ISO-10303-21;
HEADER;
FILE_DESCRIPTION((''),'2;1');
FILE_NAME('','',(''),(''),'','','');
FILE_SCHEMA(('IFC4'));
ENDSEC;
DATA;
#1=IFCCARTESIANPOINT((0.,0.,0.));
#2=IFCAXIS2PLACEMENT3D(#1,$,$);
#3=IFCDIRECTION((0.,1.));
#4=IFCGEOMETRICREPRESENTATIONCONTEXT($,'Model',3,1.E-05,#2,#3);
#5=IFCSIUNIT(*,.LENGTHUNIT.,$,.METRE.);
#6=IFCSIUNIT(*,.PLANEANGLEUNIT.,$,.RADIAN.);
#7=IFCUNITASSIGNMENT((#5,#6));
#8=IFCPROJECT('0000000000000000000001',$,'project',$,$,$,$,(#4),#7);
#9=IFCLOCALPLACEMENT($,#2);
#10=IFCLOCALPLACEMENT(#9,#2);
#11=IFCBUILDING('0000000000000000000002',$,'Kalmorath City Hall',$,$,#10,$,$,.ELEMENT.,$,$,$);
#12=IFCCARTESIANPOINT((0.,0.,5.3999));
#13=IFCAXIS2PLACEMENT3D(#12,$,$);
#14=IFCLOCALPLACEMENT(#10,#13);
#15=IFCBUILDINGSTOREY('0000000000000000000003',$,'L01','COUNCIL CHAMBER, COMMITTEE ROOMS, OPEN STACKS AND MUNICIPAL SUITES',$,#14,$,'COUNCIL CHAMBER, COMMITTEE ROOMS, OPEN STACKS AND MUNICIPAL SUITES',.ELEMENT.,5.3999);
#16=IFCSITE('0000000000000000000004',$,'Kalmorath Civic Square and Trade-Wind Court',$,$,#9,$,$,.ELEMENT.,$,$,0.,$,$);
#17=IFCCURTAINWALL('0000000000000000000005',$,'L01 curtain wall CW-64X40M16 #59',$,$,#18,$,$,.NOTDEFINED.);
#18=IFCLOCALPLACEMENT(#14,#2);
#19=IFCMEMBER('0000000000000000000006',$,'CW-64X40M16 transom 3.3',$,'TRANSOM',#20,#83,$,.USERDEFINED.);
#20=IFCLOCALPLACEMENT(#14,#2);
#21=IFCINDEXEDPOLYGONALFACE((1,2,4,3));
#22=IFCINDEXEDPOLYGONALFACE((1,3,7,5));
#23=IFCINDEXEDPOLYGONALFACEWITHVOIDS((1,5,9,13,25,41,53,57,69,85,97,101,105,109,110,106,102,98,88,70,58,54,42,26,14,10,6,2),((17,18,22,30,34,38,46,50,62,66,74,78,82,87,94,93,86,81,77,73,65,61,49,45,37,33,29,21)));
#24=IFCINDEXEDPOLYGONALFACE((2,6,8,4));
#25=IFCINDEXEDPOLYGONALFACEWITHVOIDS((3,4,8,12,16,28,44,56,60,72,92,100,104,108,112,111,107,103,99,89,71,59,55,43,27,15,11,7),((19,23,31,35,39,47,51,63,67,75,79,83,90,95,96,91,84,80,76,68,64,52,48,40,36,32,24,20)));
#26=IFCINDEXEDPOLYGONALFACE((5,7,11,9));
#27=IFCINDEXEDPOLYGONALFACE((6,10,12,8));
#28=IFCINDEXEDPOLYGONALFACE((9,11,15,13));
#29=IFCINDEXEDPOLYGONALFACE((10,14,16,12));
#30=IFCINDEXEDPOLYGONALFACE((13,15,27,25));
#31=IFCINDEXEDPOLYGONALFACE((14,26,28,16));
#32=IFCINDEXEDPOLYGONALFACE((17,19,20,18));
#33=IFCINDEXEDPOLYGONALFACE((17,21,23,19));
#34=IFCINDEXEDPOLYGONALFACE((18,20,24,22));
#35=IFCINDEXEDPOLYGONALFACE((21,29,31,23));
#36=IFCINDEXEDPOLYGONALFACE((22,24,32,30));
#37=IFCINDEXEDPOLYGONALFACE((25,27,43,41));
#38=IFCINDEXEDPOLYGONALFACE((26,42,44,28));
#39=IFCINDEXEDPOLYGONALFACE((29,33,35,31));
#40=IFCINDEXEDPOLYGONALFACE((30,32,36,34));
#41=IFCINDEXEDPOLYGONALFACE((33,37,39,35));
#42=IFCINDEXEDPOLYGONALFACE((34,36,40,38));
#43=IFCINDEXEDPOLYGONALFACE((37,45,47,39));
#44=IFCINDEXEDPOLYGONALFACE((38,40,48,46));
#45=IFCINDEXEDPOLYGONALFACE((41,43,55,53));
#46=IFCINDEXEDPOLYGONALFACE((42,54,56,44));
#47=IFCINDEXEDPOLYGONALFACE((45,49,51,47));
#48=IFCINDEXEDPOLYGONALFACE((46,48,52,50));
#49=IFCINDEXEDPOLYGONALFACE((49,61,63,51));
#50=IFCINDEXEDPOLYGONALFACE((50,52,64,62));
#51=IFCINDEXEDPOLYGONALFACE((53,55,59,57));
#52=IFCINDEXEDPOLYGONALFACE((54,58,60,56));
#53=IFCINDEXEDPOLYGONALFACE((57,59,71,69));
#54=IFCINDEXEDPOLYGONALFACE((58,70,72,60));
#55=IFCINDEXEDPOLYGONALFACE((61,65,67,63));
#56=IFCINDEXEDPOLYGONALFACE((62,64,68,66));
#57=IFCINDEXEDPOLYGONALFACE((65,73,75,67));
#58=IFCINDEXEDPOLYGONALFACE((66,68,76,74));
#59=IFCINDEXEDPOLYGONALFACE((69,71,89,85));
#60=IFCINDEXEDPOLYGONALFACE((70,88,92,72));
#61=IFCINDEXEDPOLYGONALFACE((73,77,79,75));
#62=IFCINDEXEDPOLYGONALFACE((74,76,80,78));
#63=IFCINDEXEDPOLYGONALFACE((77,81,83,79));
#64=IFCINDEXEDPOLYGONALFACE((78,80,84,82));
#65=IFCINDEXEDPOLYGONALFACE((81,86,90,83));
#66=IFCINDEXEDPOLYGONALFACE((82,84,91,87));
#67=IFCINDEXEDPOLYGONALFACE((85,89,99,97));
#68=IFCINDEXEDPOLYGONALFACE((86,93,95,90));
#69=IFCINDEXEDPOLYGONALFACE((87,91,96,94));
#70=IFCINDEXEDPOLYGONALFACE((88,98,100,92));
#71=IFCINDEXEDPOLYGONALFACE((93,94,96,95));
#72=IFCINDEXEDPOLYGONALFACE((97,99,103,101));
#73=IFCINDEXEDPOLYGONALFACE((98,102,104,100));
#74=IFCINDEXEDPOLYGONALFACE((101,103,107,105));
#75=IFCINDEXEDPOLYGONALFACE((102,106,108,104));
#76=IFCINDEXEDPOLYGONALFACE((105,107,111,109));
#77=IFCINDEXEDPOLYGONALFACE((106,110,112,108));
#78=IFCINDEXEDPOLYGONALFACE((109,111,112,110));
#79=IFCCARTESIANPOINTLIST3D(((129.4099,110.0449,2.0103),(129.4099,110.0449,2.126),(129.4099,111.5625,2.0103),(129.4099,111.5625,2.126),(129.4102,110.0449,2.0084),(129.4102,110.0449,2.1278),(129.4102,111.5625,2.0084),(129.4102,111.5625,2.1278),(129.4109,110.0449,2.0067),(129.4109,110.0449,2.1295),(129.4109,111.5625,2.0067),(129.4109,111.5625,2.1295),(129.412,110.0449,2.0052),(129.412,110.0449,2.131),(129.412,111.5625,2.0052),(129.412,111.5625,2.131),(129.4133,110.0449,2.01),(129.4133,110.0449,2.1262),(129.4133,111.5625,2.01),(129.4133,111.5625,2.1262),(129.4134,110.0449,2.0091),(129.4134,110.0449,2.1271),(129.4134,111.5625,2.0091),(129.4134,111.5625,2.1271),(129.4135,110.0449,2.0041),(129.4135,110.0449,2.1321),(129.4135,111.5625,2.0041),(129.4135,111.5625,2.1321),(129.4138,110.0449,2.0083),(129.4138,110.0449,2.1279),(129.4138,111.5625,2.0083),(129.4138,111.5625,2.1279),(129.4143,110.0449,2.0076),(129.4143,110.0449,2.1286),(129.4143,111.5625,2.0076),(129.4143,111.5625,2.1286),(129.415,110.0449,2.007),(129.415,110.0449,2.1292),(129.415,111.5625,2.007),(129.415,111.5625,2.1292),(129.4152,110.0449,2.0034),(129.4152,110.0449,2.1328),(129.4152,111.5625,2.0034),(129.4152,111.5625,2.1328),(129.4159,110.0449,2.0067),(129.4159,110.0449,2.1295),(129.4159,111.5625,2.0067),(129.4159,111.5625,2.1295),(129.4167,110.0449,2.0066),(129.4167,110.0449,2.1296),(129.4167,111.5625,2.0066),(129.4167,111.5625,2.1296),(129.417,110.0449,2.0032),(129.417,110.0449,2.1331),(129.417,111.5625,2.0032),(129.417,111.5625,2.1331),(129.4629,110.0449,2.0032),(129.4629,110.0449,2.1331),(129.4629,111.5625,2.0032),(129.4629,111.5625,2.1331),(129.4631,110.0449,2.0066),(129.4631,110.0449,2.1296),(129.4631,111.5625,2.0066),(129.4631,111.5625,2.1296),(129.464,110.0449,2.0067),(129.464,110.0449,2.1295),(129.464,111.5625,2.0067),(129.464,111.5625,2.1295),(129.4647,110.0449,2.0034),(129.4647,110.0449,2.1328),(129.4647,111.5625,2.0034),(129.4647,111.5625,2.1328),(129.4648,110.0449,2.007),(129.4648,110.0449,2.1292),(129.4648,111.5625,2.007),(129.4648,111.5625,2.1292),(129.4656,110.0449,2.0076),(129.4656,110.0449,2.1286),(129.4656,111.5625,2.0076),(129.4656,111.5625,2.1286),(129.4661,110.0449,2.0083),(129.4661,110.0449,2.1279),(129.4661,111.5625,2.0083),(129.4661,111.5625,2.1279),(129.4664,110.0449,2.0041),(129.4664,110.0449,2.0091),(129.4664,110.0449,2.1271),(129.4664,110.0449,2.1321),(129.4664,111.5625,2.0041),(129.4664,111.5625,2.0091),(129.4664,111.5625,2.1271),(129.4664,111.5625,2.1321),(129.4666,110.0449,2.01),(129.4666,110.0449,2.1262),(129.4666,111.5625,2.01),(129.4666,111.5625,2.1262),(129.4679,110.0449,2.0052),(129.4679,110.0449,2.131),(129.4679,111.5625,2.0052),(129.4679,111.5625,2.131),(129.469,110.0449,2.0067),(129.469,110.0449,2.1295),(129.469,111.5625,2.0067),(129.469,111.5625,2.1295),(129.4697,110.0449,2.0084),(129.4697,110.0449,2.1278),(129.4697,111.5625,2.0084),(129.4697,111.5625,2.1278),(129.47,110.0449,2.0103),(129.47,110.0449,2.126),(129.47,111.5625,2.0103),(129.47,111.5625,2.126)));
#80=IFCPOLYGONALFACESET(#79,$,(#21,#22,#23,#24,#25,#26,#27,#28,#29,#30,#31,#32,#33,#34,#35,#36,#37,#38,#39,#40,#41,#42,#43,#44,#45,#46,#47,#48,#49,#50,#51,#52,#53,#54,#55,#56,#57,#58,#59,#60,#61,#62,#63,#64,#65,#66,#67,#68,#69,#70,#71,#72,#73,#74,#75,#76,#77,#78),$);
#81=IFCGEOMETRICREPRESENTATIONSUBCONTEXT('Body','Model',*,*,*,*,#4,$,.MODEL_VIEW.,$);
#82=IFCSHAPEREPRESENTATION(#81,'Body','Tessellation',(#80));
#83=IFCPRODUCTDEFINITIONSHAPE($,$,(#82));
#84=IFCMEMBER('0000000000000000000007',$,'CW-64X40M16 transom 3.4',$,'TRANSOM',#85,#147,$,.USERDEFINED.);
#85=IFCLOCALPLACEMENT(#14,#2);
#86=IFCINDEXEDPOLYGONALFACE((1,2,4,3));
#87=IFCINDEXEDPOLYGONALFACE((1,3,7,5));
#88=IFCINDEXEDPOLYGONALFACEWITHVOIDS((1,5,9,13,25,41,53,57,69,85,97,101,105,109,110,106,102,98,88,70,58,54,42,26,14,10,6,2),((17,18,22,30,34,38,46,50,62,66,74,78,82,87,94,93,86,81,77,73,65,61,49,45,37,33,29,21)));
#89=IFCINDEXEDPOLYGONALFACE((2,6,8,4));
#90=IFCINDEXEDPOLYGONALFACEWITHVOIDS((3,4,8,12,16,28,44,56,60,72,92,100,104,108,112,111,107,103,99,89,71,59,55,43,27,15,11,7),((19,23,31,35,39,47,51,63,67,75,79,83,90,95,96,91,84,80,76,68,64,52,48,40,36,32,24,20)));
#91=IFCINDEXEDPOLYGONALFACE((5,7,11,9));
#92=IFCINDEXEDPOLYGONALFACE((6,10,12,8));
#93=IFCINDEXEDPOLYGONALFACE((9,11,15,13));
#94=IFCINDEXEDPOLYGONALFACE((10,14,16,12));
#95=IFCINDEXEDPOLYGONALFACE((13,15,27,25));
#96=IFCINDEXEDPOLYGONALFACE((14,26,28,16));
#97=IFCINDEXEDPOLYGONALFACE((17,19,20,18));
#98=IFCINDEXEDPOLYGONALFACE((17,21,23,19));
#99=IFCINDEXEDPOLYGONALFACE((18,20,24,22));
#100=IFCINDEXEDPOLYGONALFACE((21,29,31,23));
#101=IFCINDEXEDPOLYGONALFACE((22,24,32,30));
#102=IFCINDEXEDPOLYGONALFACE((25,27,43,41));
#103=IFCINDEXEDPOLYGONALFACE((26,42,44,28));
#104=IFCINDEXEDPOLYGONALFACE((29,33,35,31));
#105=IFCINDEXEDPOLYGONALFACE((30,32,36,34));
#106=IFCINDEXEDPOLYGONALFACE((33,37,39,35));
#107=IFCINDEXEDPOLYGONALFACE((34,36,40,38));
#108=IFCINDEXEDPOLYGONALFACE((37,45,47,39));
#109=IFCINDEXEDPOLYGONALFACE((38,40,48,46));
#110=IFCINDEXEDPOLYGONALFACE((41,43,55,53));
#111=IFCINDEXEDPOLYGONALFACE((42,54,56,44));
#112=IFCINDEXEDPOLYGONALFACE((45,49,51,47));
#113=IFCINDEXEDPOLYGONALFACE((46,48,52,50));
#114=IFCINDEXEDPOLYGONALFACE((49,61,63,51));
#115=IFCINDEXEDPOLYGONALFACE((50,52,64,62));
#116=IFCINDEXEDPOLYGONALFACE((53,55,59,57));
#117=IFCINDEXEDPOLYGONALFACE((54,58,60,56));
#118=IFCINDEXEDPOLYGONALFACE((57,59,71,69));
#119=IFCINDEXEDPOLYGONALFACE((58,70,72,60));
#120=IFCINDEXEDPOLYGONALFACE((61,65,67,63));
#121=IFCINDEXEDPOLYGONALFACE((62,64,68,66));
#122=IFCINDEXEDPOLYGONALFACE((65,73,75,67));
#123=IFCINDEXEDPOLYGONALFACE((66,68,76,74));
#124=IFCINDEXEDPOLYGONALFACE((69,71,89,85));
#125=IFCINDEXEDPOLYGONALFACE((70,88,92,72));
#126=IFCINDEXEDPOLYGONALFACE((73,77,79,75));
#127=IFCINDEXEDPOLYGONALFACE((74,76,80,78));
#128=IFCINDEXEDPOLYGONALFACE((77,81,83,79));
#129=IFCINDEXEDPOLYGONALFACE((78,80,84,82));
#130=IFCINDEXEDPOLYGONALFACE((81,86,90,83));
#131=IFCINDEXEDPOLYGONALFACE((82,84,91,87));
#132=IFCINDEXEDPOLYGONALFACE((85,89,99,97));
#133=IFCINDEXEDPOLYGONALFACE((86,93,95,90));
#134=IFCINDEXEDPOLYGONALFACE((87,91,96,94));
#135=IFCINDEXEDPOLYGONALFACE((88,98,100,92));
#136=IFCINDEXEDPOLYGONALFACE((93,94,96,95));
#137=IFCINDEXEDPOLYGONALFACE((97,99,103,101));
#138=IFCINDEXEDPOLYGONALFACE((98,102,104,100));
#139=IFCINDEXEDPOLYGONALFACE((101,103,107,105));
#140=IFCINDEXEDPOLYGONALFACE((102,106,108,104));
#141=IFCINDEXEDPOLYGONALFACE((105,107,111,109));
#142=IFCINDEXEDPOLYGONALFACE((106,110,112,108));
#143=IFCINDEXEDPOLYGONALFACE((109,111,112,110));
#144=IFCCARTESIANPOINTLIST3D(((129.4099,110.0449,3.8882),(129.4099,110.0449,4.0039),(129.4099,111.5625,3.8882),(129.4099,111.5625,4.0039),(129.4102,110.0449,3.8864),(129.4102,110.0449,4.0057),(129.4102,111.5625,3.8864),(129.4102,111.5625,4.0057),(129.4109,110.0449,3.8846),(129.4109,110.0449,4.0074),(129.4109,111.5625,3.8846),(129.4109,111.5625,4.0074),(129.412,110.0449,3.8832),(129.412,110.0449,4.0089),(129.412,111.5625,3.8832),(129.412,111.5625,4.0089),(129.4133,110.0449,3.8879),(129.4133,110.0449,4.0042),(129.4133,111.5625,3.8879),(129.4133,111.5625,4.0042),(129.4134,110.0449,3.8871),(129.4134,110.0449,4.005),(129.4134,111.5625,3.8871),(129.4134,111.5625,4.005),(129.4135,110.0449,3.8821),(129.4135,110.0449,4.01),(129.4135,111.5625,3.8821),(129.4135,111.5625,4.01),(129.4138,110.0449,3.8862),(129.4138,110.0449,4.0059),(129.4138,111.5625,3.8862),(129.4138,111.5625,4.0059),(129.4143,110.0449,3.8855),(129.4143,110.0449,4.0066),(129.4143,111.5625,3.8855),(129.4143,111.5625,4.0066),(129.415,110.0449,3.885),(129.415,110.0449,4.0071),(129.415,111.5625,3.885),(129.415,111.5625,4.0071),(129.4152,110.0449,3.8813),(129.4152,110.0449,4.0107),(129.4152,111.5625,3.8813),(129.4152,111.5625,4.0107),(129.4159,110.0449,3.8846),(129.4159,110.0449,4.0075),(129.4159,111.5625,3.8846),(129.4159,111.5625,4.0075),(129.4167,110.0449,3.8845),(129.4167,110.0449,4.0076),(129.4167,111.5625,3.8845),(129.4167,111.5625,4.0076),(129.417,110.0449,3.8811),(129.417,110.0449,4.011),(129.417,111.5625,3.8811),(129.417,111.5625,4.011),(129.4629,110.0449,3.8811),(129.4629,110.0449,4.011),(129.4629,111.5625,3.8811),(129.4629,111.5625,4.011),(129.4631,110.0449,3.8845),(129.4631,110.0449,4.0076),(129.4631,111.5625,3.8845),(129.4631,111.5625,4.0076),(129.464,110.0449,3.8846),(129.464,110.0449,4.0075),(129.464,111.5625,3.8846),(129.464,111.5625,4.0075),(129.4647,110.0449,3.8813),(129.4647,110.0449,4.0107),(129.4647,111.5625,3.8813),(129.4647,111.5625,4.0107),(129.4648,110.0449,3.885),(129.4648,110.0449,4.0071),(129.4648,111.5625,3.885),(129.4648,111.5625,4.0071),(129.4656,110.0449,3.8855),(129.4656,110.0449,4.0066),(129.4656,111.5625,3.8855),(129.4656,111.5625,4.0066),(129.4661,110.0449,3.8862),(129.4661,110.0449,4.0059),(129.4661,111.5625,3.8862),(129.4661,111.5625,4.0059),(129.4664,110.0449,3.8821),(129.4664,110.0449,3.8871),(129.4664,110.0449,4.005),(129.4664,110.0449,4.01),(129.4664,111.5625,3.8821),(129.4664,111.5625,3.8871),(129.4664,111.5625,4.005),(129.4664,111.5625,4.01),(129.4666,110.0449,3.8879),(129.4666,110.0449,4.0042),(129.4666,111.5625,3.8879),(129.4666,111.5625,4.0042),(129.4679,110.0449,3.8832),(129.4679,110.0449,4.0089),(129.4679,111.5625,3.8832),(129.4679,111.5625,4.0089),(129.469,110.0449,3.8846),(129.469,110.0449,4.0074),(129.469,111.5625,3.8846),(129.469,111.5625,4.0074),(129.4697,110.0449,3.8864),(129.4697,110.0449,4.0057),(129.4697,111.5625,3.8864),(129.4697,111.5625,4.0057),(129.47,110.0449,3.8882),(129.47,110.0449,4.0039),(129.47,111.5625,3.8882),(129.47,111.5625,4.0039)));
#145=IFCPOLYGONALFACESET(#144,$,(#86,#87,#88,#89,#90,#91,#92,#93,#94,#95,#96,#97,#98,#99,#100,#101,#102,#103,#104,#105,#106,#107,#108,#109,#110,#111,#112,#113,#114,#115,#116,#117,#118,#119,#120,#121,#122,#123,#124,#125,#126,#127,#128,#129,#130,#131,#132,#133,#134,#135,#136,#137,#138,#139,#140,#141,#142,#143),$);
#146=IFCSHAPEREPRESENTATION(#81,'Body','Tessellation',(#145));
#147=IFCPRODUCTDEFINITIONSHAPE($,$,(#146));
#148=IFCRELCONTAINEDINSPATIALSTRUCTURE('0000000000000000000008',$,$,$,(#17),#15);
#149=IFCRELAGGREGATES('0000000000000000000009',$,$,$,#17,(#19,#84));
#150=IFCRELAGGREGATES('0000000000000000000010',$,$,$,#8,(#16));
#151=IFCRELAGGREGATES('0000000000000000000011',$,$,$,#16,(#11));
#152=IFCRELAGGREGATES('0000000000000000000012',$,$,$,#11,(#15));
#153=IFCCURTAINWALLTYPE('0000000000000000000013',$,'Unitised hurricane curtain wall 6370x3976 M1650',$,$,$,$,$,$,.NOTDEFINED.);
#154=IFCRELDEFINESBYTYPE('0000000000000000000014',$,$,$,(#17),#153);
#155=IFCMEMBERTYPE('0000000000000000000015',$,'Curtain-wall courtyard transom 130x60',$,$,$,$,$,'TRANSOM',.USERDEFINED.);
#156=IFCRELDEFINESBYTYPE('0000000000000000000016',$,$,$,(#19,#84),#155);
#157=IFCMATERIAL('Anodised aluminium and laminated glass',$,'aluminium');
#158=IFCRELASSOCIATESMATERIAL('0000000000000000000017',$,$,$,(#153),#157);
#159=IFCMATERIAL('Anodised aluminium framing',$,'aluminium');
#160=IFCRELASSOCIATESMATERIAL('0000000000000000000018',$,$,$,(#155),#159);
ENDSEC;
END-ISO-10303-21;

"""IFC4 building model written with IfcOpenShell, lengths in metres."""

from ifc_helpers import new_model, si_unit, direction, frame, origin, origin_2d, place, context, subcontext, project, spatial, hollow_rectangle, extrude, material, material_profile, profile_set, type_object, element, aggregate, save


model = new_model("IFC4")

# Units and contexts
model_context = context("Model", 3, precision=1e-05, world=origin(), true_north=direction((0.0, 1.0)))
body_context = subcontext(model_context, "Body", "Model", "MODEL_VIEW")
ifc_project = project(units=[si_unit("LENGTHUNIT", "METRE"), si_unit("PLANEANGLEUNIT", "RADIAN")], contexts=[model_context])

# Site, building, storey
site_placement = place(None, origin())
site = spatial("IfcSite", under=ifc_project, at=site_placement, Name="Kalmorath Civic Square and Trade-Wind Court", CompositionType="ELEMENT", RefElevation=0.0)
building_placement = place(site_placement, origin())
building = spatial("IfcBuilding", under=site, at=building_placement, Name="Kalmorath City Hall", CompositionType="ELEMENT")
storey_placement = place(building_placement, frame((0.0, 0.0, 5.3999)))
storey = spatial("IfcBuildingStorey", under=building, at=storey_placement, Name="L01", Description="COUNCIL CHAMBER, COMMITTEE ROOMS, OPEN STACKS AND MUNICIPAL SUITES", LongName="COUNCIL CHAMBER, COMMITTEE ROOMS, OPEN STACKS AND MUNICIPAL SUITES", CompositionType="ELEMENT", Elevation=5.3999)

# Curtain wall, members
ifc_material_1 = material(Name="Anodised aluminium and laminated glass", Category="aluminium")
curtain_wall_type = type_object("IfcCurtainWallType", Name="Unitised hurricane curtain wall 6370x3976 M1650", PredefinedType="NOTDEFINED", material=ifc_material_1)
curtain_wall_placement = place(storey_placement, origin())
curtain_wall = element("IfcCurtainWall", 1, at=curtain_wall_placement, inside=storey, type_object=curtain_wall_type, Name="L01 curtain wall CW-64X40M16 #59", PredefinedType="NOTDEFINED")
ifc_material_2 = material(Name="Anodised aluminium framing", Category="aluminium")
ifc_material_profile_1 = material_profile(ifc_material_2, hollow_rectangle(XDim=0.0601, YDim=0.1299, WallThickness=0.0034, InnerFilletRadius=0.0034, OuterFilletRadius=0.0071, at=origin_2d()), Name="ALU-TRN-130X60X3.5")
ifc_profile_set_1 = profile_set([ifc_material_profile_1], Name="Anodised aluminium framing")
member_type_1 = type_object("IfcMemberType", Name="Curtain-wall courtyard transom 130x60", ElementType="TRANSOM", PredefinedType="USERDEFINED", material=ifc_profile_set_1)
member_1_placement = place(storey_placement, frame((129.4399, 111.5625, 2.0681), z_axis=(0.0, -1.0, 0.0), x_axis=(1.0, 0.0, 0.0)))
member_1 = element("IfcMember", 2, at=member_1_placement, type_object=member_type_1, Name="CW-64X40M16 transom 3.3", ObjectType="TRANSOM", PredefinedType="USERDEFINED", context=body_context, shape_type="SweptSolid", body=[
    extrude(hollow_rectangle(XDim=0.0601, YDim=0.1299, WallThickness=0.0034, InnerFilletRadius=0.0034, OuterFilletRadius=0.0071, at=origin_2d()), origin(), (0.0, 0.0, 1.0), 1.5176),
])
member_2_placement = place(storey_placement, frame((129.4399, 111.5625, 3.946), z_axis=(0.0, -1.0, 0.0), x_axis=(1.0, 0.0, 0.0)))
member_2 = element("IfcMember", 3, at=member_2_placement, type_object=member_type_1, Name="CW-64X40M16 transom 3.4", ObjectType="TRANSOM", PredefinedType="USERDEFINED", context=body_context, shape_type="SweptSolid", body=[
    extrude(hollow_rectangle(XDim=0.0601, YDim=0.1299, WallThickness=0.0034, InnerFilletRadius=0.0034, OuterFilletRadius=0.0071, at=origin_2d()), origin(), (0.0, 0.0, 1.0), 1.5176),
])

aggregate(curtain_wall, [member_1, member_2])

save(model, "model.ifc")
